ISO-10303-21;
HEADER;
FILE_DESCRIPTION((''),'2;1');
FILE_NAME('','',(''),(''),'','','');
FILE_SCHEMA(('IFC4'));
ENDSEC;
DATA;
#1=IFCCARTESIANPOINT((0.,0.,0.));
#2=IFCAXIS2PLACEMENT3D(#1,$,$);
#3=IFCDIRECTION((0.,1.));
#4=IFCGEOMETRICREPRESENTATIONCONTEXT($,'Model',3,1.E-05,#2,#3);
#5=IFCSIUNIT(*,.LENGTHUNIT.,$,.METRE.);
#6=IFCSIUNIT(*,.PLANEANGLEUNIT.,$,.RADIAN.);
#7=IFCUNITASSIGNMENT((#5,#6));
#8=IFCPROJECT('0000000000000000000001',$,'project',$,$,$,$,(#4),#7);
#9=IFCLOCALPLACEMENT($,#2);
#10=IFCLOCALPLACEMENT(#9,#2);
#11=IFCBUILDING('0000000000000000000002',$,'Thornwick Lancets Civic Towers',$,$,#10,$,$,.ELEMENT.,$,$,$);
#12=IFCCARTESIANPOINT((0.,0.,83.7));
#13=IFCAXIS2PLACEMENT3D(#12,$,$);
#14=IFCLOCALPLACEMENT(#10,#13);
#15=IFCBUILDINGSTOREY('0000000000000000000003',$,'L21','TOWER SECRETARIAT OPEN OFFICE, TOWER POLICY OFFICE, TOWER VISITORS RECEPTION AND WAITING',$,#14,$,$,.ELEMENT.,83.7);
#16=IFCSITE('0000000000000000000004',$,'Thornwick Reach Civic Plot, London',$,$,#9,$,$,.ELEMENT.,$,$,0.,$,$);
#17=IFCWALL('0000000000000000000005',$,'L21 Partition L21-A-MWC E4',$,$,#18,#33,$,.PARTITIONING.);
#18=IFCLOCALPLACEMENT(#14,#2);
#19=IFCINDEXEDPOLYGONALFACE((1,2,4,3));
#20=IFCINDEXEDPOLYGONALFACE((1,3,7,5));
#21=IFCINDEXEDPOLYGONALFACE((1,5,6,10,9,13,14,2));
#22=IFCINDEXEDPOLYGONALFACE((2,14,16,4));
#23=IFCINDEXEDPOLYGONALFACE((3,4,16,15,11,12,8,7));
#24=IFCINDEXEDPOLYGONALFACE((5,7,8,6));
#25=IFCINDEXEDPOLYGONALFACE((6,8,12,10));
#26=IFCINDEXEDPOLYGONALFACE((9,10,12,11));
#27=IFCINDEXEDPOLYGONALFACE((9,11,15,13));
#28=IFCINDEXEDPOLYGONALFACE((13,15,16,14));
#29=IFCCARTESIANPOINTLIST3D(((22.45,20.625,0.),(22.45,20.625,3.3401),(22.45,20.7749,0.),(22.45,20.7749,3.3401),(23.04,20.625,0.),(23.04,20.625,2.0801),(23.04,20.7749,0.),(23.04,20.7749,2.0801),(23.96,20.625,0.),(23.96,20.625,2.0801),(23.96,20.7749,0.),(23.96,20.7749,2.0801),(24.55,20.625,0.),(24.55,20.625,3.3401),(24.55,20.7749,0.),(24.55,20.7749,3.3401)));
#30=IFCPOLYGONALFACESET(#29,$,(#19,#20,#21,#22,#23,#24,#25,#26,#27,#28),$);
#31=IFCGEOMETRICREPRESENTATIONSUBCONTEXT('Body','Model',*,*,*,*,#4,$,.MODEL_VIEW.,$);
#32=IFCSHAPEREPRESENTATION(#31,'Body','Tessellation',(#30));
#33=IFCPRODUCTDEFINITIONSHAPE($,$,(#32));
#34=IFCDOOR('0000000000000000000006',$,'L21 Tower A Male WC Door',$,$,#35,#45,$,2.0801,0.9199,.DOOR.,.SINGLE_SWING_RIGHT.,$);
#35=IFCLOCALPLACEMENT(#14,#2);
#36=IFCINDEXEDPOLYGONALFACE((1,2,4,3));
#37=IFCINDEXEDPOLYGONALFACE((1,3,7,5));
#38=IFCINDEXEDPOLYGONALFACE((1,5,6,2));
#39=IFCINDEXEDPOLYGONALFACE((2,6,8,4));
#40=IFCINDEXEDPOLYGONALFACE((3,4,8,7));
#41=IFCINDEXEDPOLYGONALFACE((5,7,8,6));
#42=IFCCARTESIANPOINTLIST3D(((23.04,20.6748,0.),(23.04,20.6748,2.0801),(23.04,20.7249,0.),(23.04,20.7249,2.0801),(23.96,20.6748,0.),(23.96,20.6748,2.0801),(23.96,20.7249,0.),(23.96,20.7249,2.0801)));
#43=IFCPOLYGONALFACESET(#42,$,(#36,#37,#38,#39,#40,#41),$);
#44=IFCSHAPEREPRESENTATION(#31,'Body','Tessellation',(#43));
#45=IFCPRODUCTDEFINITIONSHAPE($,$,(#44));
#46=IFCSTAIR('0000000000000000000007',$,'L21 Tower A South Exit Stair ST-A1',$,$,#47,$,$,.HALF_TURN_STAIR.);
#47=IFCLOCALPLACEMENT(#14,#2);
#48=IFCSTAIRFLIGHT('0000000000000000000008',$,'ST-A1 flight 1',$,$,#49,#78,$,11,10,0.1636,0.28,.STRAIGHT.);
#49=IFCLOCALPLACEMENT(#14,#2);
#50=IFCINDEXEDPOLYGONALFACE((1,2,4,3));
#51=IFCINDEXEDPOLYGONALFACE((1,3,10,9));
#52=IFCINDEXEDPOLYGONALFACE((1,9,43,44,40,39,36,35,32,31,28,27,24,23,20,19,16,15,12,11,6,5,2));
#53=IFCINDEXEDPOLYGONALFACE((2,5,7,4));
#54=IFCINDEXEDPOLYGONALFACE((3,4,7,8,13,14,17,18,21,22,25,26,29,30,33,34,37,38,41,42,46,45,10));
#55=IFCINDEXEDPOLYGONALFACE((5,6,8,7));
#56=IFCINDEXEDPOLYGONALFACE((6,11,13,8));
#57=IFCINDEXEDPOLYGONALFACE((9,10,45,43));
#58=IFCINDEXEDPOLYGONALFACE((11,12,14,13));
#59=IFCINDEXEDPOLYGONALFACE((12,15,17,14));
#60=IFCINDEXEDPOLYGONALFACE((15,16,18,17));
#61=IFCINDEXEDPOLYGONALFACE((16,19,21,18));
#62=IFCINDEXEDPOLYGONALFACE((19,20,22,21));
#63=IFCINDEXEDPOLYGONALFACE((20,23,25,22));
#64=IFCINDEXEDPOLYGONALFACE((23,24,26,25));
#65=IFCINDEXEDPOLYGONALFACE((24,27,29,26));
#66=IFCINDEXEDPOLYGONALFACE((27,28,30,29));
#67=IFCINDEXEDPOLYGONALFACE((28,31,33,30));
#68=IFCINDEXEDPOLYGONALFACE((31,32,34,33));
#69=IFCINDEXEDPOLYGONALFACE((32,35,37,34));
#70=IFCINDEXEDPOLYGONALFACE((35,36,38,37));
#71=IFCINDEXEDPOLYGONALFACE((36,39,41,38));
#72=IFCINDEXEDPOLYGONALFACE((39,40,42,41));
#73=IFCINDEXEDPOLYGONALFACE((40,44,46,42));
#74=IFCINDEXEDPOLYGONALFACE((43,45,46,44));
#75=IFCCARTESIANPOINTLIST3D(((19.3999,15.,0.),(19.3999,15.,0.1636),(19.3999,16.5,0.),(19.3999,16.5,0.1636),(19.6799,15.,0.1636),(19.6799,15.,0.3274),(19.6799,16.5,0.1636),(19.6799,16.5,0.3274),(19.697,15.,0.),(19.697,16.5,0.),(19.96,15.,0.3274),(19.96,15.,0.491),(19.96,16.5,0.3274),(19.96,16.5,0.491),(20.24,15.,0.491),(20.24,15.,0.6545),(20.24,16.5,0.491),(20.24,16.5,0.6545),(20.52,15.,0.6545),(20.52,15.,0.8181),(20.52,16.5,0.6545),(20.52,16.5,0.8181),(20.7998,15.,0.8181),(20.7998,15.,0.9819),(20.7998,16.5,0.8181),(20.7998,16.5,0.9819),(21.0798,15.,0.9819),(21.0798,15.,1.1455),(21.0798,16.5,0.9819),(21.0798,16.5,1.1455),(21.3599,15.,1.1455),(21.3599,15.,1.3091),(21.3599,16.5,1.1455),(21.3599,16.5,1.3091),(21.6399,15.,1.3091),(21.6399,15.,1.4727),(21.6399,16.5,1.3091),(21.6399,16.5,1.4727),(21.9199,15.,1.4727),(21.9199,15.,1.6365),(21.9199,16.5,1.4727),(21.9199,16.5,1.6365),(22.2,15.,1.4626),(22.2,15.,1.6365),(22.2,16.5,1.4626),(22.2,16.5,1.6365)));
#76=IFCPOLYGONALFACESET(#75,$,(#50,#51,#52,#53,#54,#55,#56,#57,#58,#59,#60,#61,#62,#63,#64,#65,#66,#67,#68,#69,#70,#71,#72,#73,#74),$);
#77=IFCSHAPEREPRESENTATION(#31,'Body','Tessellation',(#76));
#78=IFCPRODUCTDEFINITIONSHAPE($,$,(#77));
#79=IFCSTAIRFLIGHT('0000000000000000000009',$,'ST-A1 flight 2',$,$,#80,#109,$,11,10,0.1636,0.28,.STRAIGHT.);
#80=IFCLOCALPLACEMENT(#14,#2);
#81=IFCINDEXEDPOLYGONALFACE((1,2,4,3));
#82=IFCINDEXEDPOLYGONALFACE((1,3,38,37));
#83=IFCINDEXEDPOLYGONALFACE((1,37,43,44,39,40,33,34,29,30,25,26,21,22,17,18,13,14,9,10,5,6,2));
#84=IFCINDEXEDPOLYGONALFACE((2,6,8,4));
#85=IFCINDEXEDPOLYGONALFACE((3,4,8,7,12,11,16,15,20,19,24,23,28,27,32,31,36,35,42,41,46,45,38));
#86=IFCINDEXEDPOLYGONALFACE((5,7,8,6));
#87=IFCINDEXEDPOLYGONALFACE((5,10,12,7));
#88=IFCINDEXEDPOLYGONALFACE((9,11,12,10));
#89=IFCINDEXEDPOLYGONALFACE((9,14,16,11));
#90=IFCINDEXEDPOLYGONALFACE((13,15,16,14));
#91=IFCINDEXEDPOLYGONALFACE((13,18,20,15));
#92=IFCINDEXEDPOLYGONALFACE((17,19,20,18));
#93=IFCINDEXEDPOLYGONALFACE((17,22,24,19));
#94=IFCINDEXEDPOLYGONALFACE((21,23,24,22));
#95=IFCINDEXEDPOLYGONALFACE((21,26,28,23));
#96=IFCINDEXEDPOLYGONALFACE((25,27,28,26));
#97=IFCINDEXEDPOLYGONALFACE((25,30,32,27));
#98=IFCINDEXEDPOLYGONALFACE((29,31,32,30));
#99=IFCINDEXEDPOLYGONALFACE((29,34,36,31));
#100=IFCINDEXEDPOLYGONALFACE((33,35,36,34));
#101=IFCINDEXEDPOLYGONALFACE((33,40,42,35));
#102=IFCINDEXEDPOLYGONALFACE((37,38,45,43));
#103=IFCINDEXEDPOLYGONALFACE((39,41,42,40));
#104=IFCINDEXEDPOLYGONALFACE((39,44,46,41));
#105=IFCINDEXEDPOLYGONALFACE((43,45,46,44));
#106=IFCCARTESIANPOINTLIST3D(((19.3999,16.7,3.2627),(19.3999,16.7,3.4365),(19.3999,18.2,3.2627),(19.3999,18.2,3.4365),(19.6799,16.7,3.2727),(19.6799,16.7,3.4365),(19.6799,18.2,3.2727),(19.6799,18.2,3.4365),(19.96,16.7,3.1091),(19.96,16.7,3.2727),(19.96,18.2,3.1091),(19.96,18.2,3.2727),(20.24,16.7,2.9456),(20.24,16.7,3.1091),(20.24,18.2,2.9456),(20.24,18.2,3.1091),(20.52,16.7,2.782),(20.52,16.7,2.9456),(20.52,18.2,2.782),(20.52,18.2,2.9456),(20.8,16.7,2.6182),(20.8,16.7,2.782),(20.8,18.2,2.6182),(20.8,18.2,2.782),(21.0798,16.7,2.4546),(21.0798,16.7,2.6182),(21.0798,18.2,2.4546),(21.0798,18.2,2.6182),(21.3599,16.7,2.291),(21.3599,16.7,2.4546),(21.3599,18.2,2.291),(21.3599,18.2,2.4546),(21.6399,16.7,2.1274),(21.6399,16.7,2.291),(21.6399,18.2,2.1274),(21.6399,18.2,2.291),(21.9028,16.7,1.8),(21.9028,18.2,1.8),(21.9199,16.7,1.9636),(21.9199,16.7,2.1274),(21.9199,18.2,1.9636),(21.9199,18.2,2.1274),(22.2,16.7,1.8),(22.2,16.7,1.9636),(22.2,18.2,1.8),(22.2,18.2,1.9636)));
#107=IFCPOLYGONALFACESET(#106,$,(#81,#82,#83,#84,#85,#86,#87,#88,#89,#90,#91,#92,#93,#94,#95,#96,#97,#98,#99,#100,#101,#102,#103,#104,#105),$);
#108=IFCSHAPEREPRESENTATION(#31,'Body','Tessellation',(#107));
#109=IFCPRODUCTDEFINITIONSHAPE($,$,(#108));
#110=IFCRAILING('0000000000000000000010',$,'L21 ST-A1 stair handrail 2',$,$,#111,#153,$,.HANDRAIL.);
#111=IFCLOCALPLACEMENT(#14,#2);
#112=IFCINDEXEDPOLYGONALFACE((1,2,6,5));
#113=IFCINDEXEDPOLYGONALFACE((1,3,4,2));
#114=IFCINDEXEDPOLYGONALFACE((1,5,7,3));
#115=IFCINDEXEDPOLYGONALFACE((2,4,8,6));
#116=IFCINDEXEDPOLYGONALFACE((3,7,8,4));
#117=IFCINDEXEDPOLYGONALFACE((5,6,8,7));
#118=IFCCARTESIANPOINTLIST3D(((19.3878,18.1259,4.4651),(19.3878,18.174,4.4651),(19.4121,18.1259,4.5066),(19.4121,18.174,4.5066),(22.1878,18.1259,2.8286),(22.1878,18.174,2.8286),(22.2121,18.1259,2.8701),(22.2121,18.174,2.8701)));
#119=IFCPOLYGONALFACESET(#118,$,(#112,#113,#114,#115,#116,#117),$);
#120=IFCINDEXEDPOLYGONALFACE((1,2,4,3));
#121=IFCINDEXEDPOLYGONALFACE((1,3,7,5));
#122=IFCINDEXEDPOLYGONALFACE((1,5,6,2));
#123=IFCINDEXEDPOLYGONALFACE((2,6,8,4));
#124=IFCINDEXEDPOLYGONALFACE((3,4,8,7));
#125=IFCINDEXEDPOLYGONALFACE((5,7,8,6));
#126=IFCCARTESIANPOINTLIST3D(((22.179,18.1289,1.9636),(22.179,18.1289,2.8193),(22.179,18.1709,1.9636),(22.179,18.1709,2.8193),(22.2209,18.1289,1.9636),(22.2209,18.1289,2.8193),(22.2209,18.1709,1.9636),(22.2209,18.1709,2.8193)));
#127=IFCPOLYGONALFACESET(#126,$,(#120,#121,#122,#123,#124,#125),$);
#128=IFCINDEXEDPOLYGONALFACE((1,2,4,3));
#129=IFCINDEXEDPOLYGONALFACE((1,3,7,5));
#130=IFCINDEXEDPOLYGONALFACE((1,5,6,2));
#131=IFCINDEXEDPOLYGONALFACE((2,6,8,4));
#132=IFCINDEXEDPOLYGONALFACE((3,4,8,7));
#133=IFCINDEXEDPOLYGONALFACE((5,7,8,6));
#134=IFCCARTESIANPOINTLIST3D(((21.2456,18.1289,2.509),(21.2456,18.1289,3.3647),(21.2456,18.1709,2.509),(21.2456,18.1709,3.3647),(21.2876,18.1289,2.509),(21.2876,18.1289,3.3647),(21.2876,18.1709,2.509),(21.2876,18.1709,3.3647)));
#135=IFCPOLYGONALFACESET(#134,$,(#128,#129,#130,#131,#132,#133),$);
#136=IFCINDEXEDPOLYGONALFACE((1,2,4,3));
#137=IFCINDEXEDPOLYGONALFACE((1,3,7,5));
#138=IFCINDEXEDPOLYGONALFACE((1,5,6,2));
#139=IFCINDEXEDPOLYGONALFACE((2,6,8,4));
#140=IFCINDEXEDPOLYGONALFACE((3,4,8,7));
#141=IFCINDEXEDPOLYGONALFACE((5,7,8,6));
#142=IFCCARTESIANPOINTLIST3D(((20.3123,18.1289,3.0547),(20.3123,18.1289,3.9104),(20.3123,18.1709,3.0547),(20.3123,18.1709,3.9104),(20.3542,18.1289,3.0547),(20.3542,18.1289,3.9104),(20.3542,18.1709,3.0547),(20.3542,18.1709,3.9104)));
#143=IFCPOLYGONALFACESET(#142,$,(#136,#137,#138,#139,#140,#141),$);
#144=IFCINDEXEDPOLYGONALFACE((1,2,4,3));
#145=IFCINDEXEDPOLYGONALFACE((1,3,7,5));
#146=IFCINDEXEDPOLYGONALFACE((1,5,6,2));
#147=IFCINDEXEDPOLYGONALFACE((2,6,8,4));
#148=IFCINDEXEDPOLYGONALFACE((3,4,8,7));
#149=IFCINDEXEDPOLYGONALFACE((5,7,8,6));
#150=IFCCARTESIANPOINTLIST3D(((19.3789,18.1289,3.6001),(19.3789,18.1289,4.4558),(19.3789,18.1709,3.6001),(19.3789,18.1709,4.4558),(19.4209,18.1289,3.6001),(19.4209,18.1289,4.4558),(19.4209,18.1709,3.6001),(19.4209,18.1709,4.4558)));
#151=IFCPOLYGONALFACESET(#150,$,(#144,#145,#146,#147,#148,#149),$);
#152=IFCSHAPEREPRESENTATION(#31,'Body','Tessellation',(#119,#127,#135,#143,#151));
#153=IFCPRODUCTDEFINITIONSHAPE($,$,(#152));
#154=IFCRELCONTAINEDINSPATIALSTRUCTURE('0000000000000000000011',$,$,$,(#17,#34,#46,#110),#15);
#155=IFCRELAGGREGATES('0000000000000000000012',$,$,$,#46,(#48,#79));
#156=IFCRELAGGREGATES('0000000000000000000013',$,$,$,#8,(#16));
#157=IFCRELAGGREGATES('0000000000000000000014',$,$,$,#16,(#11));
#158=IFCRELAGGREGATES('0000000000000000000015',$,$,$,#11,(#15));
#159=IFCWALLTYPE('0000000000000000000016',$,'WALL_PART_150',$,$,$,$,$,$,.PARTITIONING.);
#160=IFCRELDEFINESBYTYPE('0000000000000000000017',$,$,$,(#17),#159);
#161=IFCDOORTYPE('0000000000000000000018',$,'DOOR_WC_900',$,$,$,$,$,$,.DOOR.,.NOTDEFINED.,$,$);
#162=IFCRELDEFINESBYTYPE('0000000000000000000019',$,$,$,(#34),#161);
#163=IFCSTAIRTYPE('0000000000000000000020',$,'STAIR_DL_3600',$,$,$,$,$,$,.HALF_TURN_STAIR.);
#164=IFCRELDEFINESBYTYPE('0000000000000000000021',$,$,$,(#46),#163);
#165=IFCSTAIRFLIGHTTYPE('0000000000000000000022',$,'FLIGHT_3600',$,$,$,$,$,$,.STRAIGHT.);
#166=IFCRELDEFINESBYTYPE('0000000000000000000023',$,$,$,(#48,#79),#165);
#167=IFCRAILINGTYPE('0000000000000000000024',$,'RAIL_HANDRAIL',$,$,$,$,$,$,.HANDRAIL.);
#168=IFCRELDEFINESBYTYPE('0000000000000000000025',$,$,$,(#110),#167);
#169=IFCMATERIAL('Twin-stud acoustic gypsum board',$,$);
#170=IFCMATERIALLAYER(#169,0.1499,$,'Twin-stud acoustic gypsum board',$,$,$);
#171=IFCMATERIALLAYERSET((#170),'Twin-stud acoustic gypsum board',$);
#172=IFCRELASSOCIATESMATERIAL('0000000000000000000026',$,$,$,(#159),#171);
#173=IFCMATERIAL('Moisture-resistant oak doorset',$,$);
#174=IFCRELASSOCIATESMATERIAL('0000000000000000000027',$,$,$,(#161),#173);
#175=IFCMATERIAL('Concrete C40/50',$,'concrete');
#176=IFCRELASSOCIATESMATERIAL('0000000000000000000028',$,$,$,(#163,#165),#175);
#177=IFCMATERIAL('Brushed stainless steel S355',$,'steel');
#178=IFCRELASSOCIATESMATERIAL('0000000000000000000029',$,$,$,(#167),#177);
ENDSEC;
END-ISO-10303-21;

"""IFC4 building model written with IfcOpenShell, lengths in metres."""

from ifc_helpers import new_model, si_unit, direction, frame, frame_2d, origin, origin_2d, place, context, subcontext, project, spatial, polyline, rectangle, outline, extrude, material, layer, layer_set, type_object, element, fill, aggregate, save


model = new_model("IFC4")

# Units and contexts
model_context = context("Model", 3, precision=1e-05, world=origin(), true_north=direction((0.0, 1.0)))
body_context = subcontext(model_context, "Body", "Model", "MODEL_VIEW")
ifc_project = project(units=[si_unit("LENGTHUNIT", "METRE"), si_unit("PLANEANGLEUNIT", "RADIAN")], contexts=[model_context])

# Site, building, storey
site_placement = place(None, origin())
site = spatial("IfcSite", under=ifc_project, at=site_placement, Name="Thornwick Reach Civic Plot, London", CompositionType="ELEMENT", RefElevation=0.0)
building_placement = place(site_placement, origin())
building = spatial("IfcBuilding", under=site, at=building_placement, Name="Thornwick Lancets Civic Towers", CompositionType="ELEMENT")
storey_placement = place(building_placement, frame((0.0, 0.0, 83.7)))
storey = spatial("IfcBuildingStorey", under=building, at=storey_placement, Name="L21", Description="TOWER SECRETARIAT OPEN OFFICE, TOWER POLICY OFFICE, TOWER VISITORS RECEPTION AND WAITING", CompositionType="ELEMENT", Elevation=83.7)

# Shared definitions
ifc_material_1 = material(Name="Twin-stud acoustic gypsum board")
ifc_layer_1 = layer(ifc_material_1, 0.1499, Name="Twin-stud acoustic gypsum board")
ifc_layer_set_1 = layer_set([ifc_layer_1], Name="Twin-stud acoustic gypsum board")
wall_type_1 = type_object("IfcWallType", Name="WALL_PART_150", PredefinedType="PARTITIONING", material=ifc_layer_set_1)

# Wall, opening, door
wall_1_placement = place(storey_placement, frame((22.45, 20.7, 0.0), z_axis=(0.0, 0.0, 1.0), x_axis=(1.0, 0.0, 0.0)))
wall_1 = element("IfcWall", 1, at=wall_1_placement, inside=storey, type_object=wall_type_1, Name="L21 Partition L21-A-MWC E4", PredefinedType="PARTITIONING", context=body_context, shape_type="SweptSolid", body=[
    extrude(rectangle(XDim=2.1001, YDim=0.1499, at=frame_2d((1.05, 0.0))), origin(), (0.0, 0.0, 1.0), 3.3401),
])
opening_1_placement = place(wall_1_placement, frame((0.5901, 0.0, 0.0)))
opening_1 = element("IfcOpeningElement", 2, at=opening_1_placement, cuts=wall_1, PredefinedType="OPENING", context=body_context, shape_type="SweptSolid", body=[
    extrude(rectangle(XDim=0.9199, YDim=2.0801, at=frame_2d((0.46, 1.04))), frame((0.0, 0.085, 0.0), z_axis=(0.0, -1.0, 0.0), x_axis=(1.0, 0.0, 0.0)), (0.0, 0.0, 1.0), 0.1699),
])
ifc_material_2 = material(Name="Moisture-resistant oak doorset")
door_type_1 = type_object("IfcDoorType", Name="DOOR_WC_900", OperationType="NOTDEFINED", PredefinedType="DOOR", material=ifc_material_2)
door_1_placement = place(opening_1_placement, origin())
door_1 = element("IfcDoor", 3, at=door_1_placement, inside=storey, type_object=door_type_1, Name="L21 Tower A Male WC Door", OperationType="SINGLE_SWING_RIGHT", OverallHeight=2.0801, OverallWidth=0.9199, PredefinedType="DOOR", context=body_context, shape_type="SweptSolid", body=[
    extrude(rectangle(XDim=0.9199, YDim=2.0801, at=frame_2d((0.46, 1.04))), frame((0.0, 0.0249, 0.0), z_axis=(0.0, -1.0, 0.0), x_axis=(1.0, 0.0, 0.0)), (0.0, 0.0, 1.0), 0.05),
])
fill(opening_1, door_1)

# Stair, stair flights
ifc_material_3 = material(Name="Concrete C40/50", Category="concrete")
stair_type = type_object("IfcStairType", Name="STAIR_DL_3600", PredefinedType="HALF_TURN_STAIR", material=ifc_material_3)
stair_placement = place(storey_placement, origin())
stair = element("IfcStair", 4, at=stair_placement, inside=storey, type_object=stair_type, Name="L21 Tower A South Exit Stair ST-A1", PredefinedType="HALF_TURN_STAIR")
stair_flight_type = type_object("IfcStairFlightType", Name="FLIGHT_3600", PredefinedType="STRAIGHT", material=ifc_material_3)
stair_flight_1_placement = place(storey_placement, frame((19.3999, 15.75, 0.0), z_axis=(0.0, 0.0, 1.0), x_axis=(1.0, 0.0, 0.0)))
stair_flight_1 = element("IfcStairFlight", 5, at=stair_flight_1_placement, type_object=stair_flight_type, Name="ST-A1 flight 1", NumberOfRisers=11, NumberOfTreads=10, PredefinedType="STRAIGHT", RiserHeight=0.1636, TreadLength=0.28, context=body_context, shape_type="SweptSolid", body=[
    extrude(outline(polyline([(0.0, 0.0), (0.0, 0.1636), (0.28, 0.1636), (0.28, 0.3274), (0.5601, 0.3274), (0.5601, 0.491), (0.8401, 0.491), (0.8401, 0.6545), (1.1201, 0.6545), (1.1201, 0.8181), (1.3999, 0.8181), (1.3999, 0.9819), (1.6799, 0.9819), (1.6799, 1.1455), (1.96, 1.1455), (1.96, 1.3091), (2.24, 1.3091), (2.24, 1.4727), (2.52, 1.4727), (2.52, 1.6365), (2.8, 1.6365), (2.8, 1.8), (2.8, 1.4626), (0.2971, 0.0), (0.0, 0.0)])), frame((0.0, 0.75, 0.0), z_axis=(0.0, -1.0, 0.0), x_axis=(1.0, 0.0, 0.0)), (0.0, 0.0, 1.0), 1.5),
])
stair_flight_2_placement = place(storey_placement, frame((22.2, 17.45, 1.8), z_axis=(0.0, 0.0, 1.0), x_axis=(-1.0, 0.0, 0.0)))
stair_flight_2 = element("IfcStairFlight", 6, at=stair_flight_2_placement, type_object=stair_flight_type, Name="ST-A1 flight 2", NumberOfRisers=11, NumberOfTreads=10, PredefinedType="STRAIGHT", RiserHeight=0.1636, TreadLength=0.28, context=body_context, shape_type="SweptSolid", body=[
    extrude(outline(polyline([(0.0, 0.0), (0.0, 0.1636), (0.28, 0.1636), (0.28, 0.3274), (0.5601, 0.3274), (0.5601, 0.491), (0.8401, 0.491), (0.8401, 0.6545), (1.1201, 0.6545), (1.1201, 0.8181), (1.3999, 0.8181), (1.3999, 0.9819), (1.6799, 0.9819), (1.6799, 1.1455), (1.96, 1.1455), (1.96, 1.3091), (2.24, 1.3091), (2.24, 1.4727), (2.52, 1.4727), (2.52, 1.6365), (2.8, 1.6365), (2.8, 1.8), (2.8, 1.4626), (0.2971, 0.0), (0.0, 0.0)])), frame((0.0, 0.75, 0.0), z_axis=(0.0, -1.0, 0.0), x_axis=(1.0, 0.0, 0.0)), (0.0, 0.0, 1.0), 1.5),
])
aggregate(stair, [stair_flight_1, stair_flight_2])

# Railing
ifc_material_4 = material(Name="Brushed stainless steel S355", Category="steel")
railing_type_1 = type_object("IfcRailingType", Name="RAIL_HANDRAIL", PredefinedType="HANDRAIL", material=ifc_material_4)
railing_1_placement = place(storey_placement, frame((22.2, 18.1499, 1.9636)))
element("IfcRailing", 7, at=railing_1_placement, inside=storey, type_object=railing_type_1, Name="L21 ST-A1 stair handrail 2", PredefinedType="HANDRAIL", context=body_context, shape_type="SweptSolid", body=[
    extrude(rectangle(XDim=0.0481, YDim=0.0481, at=origin_2d()), frame((0.0, 0.0, 0.8857), z_axis=(-0.863361, 0.0, 0.504587), x_axis=(0.0, -1.0, 0.0)), (0.0, 0.0, 1.0), 3.2432),
    extrude(rectangle(XDim=0.042, YDim=0.042, at=origin_2d()), origin(), (0.0, 0.0, 1.0), 0.8557),
    extrude(rectangle(XDim=0.042, YDim=0.042, at=origin_2d()), frame((-0.9333, 0.0, 0.5454)), (0.0, 0.0, 1.0), 0.8557),
    extrude(rectangle(XDim=0.042, YDim=0.042, at=origin_2d()), frame((-1.8667, 0.0, 1.0911)), (0.0, 0.0, 1.0), 0.8557),
    extrude(rectangle(XDim=0.042, YDim=0.042, at=origin_2d()), frame((-2.8, 0.0, 1.6365)), (0.0, 0.0, 1.0), 0.8557),
])

save(model, "model.ifc")
